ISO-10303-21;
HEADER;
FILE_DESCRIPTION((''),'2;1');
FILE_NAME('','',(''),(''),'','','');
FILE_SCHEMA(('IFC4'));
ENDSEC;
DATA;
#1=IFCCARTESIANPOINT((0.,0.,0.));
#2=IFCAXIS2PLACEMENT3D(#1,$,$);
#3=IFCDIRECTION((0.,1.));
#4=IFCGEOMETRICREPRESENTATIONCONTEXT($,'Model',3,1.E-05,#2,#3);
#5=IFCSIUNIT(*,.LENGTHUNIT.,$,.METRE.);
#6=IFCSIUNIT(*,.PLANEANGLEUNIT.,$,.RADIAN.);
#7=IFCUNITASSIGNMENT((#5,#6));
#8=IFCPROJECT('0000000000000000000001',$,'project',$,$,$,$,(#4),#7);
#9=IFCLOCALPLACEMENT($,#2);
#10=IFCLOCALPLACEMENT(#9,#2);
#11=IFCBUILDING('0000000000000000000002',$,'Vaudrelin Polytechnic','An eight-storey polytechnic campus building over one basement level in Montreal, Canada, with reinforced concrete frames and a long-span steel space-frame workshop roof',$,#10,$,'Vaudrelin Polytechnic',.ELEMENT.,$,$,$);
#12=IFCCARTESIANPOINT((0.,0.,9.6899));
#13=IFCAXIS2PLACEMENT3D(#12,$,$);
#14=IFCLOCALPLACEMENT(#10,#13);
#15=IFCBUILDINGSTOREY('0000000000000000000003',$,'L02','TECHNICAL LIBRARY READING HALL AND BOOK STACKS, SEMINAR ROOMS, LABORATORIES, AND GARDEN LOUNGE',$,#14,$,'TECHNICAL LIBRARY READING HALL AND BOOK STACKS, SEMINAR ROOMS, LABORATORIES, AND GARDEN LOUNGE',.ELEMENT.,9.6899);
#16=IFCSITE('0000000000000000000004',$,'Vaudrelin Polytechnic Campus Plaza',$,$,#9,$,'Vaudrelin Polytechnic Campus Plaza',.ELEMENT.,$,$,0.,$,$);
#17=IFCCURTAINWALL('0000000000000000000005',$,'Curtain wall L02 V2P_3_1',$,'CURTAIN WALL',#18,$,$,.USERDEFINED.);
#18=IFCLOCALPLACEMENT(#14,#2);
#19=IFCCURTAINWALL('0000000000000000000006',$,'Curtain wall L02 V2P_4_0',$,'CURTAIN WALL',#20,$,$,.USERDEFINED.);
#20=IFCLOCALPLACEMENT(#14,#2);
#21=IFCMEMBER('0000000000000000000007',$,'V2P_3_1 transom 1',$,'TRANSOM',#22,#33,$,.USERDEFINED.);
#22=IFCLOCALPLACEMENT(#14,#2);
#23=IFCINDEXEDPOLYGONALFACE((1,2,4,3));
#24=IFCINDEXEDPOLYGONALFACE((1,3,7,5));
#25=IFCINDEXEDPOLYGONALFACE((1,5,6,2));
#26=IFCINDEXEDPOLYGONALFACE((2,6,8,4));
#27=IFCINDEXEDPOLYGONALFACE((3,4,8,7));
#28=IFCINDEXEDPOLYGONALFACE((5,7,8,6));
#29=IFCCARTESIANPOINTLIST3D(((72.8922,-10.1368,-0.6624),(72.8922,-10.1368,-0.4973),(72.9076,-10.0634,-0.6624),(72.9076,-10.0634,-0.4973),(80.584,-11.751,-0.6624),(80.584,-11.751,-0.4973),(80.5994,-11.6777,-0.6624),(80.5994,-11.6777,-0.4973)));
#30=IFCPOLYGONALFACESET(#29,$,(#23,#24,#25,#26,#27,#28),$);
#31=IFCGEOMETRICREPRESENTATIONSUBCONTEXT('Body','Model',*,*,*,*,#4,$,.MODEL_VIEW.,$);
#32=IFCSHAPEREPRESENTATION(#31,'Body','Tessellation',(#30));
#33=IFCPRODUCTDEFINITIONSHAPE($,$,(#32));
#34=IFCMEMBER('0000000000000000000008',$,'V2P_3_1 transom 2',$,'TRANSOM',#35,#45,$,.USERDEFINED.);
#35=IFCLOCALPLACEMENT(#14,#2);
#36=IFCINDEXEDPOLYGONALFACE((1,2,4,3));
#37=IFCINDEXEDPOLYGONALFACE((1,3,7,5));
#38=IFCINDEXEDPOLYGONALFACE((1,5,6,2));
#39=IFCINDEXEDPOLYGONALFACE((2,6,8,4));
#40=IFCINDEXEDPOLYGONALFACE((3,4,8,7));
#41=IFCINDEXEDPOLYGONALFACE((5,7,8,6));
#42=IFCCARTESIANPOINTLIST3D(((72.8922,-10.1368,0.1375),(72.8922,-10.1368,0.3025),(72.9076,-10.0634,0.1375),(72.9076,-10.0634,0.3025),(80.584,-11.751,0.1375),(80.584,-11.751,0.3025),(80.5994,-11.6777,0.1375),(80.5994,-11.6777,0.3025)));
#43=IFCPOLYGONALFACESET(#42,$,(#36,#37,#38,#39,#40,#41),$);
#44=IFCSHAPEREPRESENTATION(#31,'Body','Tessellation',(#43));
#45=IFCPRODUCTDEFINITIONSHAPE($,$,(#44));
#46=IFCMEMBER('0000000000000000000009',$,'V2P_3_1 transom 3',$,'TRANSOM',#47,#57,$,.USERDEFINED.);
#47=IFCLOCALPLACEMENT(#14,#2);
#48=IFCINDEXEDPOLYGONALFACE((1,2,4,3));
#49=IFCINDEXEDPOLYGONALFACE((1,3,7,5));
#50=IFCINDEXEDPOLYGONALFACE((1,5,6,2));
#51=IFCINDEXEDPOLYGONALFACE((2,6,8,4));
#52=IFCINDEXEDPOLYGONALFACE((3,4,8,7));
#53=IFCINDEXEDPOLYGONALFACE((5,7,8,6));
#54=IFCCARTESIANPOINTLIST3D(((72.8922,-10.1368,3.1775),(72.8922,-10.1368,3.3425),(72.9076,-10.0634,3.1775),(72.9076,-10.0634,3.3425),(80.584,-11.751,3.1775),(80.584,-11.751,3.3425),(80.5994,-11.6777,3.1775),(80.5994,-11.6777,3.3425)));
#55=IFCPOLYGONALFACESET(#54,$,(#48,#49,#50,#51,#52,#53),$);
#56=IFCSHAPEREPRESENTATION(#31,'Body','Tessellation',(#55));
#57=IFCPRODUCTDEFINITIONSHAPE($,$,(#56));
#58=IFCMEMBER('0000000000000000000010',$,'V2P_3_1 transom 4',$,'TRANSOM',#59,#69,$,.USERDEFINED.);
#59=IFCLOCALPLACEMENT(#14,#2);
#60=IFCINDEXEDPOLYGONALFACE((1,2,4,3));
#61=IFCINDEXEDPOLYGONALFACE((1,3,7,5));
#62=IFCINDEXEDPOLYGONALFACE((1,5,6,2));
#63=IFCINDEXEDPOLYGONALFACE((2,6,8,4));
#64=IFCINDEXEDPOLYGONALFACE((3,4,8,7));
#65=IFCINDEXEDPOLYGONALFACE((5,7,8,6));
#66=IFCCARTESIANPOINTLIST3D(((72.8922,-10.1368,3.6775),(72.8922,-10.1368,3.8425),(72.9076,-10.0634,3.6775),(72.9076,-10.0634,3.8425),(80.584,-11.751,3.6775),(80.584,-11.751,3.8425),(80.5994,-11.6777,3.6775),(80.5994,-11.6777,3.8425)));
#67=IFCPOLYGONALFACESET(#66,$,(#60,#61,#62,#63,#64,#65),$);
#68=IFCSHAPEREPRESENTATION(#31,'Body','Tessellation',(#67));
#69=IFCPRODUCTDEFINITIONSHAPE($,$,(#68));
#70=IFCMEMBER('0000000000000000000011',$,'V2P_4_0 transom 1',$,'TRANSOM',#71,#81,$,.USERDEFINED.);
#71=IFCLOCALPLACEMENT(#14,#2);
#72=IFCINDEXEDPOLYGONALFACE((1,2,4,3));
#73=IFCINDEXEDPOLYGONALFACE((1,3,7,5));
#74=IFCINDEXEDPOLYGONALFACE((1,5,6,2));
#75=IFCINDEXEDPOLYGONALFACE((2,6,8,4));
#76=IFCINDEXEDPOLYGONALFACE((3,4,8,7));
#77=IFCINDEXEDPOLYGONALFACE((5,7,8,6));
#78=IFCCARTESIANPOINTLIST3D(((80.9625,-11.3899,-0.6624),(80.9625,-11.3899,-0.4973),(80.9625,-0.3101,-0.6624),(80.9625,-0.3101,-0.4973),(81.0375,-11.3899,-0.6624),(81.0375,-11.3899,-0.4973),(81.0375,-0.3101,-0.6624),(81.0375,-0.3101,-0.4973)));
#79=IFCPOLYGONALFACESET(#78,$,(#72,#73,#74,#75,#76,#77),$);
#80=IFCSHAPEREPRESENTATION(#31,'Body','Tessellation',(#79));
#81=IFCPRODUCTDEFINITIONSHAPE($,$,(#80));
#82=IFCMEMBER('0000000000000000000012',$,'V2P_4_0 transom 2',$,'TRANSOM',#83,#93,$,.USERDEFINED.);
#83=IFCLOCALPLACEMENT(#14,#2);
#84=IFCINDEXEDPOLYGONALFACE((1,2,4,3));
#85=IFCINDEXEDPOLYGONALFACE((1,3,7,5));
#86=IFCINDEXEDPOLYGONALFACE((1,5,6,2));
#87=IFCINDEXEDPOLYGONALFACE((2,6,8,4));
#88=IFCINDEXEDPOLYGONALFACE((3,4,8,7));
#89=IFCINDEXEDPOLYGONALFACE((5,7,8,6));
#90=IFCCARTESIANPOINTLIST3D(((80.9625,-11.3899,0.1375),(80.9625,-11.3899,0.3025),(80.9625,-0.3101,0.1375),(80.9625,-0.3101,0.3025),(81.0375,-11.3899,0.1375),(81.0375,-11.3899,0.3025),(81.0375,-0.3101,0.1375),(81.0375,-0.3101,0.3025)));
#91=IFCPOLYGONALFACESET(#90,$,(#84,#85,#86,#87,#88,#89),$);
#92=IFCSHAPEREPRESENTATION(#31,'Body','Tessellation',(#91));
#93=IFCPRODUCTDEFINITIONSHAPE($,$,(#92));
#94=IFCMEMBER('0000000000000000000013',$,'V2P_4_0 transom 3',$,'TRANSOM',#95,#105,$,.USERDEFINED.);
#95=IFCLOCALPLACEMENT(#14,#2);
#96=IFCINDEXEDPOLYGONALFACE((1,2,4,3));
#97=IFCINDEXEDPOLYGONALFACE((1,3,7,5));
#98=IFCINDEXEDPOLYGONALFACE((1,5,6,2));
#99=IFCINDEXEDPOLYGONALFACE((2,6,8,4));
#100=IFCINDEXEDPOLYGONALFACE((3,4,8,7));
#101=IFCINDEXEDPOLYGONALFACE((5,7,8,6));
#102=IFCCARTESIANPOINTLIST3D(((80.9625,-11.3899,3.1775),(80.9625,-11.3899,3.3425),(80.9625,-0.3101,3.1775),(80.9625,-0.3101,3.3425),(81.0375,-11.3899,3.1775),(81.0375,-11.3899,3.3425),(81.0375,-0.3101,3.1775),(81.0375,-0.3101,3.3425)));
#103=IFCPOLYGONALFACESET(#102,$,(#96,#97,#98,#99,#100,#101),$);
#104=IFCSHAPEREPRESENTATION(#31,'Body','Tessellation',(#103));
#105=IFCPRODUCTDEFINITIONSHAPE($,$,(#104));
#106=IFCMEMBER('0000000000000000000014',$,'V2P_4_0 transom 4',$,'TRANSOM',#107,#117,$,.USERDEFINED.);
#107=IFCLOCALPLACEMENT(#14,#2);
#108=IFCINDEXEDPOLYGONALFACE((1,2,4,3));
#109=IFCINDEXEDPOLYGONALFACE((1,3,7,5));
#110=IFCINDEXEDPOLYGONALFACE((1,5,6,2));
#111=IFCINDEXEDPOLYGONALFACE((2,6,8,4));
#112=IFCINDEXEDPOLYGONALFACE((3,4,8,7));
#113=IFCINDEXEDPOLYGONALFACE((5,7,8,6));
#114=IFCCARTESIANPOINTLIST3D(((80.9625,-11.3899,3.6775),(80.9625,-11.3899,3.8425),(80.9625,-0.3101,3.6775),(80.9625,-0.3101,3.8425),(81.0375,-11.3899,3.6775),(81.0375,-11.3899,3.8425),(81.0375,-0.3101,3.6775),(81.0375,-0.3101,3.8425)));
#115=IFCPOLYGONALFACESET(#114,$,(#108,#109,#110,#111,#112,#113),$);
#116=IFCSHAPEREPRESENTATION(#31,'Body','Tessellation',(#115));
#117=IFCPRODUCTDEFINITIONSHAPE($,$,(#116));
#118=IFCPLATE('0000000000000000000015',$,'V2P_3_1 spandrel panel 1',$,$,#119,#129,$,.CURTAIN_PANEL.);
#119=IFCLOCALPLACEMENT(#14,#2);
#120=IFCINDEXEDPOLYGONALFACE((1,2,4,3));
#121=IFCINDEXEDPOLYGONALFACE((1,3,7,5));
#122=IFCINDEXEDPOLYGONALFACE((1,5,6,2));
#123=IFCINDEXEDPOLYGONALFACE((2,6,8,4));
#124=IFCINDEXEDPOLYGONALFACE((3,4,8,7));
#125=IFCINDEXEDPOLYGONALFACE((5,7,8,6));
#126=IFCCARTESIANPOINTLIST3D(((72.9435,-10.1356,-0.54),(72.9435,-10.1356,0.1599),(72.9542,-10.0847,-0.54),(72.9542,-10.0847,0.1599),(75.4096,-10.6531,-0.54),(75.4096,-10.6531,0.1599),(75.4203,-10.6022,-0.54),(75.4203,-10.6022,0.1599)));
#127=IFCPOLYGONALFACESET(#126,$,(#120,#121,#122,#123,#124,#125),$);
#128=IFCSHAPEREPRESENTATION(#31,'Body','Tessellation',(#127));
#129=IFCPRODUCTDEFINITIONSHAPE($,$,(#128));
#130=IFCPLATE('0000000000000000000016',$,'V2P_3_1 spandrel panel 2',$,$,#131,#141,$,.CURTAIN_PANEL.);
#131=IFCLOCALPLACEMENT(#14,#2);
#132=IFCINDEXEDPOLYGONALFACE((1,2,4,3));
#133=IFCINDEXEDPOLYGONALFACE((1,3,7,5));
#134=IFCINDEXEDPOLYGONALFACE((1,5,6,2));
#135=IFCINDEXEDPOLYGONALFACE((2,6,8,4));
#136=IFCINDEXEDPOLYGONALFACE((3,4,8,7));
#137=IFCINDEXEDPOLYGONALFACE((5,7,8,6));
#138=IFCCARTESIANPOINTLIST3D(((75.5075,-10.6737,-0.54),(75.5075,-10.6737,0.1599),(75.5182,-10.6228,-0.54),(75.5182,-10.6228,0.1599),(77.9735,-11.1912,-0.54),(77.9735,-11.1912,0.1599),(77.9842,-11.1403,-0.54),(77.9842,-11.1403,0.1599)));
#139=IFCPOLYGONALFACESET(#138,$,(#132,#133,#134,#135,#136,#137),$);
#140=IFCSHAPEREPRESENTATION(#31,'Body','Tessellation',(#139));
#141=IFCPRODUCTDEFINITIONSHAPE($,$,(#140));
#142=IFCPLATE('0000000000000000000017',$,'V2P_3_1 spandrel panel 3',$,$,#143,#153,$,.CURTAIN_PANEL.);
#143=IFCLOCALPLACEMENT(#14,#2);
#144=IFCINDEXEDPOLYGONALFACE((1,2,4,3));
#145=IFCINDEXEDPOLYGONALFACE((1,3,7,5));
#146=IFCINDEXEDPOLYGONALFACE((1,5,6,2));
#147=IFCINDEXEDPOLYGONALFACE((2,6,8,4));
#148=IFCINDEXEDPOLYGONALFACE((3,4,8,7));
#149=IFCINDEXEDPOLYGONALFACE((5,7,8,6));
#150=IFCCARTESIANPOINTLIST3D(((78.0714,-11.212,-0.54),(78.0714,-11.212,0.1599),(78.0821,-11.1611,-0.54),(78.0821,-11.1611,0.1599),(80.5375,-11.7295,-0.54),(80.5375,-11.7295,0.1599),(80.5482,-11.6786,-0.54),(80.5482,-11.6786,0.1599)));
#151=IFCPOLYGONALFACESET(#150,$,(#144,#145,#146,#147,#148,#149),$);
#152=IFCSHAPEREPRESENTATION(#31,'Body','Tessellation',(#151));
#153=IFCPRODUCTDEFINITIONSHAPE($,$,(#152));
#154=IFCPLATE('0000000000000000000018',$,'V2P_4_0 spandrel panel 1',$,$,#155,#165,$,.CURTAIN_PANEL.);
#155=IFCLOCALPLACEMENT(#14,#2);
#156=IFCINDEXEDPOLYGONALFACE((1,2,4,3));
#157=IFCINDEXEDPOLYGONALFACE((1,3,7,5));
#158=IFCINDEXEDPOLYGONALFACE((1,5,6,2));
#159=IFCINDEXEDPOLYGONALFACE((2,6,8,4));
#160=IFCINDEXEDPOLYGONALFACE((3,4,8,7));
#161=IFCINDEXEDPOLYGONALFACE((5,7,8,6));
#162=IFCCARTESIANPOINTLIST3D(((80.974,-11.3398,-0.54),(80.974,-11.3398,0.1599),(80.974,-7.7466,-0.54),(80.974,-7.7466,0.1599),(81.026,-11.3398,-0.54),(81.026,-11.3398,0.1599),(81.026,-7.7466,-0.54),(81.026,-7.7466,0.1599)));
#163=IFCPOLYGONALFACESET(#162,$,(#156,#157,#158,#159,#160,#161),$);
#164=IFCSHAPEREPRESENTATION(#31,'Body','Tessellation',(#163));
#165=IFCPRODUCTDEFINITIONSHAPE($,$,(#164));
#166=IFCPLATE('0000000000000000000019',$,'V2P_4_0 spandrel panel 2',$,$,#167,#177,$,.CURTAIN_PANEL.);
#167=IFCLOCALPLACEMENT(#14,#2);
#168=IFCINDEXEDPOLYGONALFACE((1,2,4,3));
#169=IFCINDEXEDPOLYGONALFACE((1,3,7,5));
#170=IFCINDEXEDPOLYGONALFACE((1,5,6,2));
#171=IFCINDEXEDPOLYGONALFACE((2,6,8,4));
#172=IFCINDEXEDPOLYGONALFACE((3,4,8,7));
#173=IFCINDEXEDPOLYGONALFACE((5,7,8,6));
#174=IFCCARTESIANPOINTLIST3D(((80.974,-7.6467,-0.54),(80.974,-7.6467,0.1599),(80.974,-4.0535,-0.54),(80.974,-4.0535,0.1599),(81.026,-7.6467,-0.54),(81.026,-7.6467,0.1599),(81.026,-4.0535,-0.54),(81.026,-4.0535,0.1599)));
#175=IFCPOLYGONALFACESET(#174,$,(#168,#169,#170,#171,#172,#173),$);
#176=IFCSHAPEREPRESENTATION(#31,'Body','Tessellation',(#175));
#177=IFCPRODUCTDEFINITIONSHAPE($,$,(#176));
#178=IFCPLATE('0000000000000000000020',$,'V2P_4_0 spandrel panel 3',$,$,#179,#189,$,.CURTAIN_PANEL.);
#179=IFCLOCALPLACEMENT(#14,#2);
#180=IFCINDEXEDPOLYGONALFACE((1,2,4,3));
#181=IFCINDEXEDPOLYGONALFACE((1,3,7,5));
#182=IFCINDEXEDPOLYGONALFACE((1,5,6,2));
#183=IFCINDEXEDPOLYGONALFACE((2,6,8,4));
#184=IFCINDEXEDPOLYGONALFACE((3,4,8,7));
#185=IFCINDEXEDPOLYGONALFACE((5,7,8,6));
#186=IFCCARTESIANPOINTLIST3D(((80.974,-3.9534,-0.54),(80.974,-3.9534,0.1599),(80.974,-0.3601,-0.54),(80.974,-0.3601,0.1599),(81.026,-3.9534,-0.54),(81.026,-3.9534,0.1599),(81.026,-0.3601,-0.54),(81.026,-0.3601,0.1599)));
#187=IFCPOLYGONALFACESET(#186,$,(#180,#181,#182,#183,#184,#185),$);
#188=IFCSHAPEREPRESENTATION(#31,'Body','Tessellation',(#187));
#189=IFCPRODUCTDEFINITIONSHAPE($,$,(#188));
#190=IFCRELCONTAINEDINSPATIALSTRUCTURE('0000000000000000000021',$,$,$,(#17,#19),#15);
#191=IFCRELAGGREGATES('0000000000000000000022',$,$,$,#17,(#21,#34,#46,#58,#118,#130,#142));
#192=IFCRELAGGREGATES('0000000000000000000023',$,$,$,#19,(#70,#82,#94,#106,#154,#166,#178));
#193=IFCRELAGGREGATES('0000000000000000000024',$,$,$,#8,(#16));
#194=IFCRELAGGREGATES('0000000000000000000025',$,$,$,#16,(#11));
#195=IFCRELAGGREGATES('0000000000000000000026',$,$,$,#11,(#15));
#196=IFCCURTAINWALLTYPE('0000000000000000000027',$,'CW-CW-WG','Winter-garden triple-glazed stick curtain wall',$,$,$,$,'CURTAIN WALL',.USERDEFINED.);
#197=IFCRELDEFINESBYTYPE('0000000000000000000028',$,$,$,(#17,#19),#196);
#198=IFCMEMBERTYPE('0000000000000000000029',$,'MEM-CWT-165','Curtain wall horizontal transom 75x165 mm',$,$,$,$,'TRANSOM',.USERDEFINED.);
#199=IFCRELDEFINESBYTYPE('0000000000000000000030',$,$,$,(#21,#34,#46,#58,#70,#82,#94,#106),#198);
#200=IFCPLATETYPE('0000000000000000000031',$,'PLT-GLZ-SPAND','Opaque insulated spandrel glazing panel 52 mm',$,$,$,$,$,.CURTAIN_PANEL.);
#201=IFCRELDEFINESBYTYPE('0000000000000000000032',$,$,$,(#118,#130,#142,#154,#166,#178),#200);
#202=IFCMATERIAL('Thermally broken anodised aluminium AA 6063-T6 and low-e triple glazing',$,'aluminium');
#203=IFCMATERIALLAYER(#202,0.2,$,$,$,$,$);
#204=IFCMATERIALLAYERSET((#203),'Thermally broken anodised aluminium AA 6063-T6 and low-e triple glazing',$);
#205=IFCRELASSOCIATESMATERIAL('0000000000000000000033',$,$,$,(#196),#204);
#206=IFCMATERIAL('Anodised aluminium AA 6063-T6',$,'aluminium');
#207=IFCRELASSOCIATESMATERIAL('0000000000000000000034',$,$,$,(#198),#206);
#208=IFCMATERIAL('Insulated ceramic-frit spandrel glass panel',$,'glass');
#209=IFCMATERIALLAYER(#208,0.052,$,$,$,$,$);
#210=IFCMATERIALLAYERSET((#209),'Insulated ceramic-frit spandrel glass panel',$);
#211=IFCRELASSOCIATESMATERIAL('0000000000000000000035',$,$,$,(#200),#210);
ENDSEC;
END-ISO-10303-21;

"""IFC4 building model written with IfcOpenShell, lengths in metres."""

from ifc_helpers import new_model, si_unit, direction, frame, origin, origin_2d, place, context, subcontext, project, spatial, rectangle, extrude, material, layer, layer_set, material_profile, profile_set, type_object, element, aggregate, save


model = new_model("IFC4")

# Units and contexts
model_context = context("Model", 3, precision=1e-05, world=origin(), true_north=direction((0.0, 1.0)))
body_context = subcontext(model_context, "Body", "Model", "MODEL_VIEW")
ifc_project = project(units=[si_unit("LENGTHUNIT", "METRE"), si_unit("PLANEANGLEUNIT", "RADIAN")], contexts=[model_context])

# Site, building, storey
site_placement = place(None, origin())
site = spatial("IfcSite", under=ifc_project, at=site_placement, Name="Vaudrelin Polytechnic Campus Plaza", LongName="Vaudrelin Polytechnic Campus Plaza", CompositionType="ELEMENT", RefElevation=0.0)
building_placement = place(site_placement, origin())
building = spatial("IfcBuilding", under=site, at=building_placement, Name="Vaudrelin Polytechnic", Description="An eight-storey polytechnic campus building over one basement level in Montreal, Canada, with reinforced concrete frames and a long-span steel space-frame workshop roof", LongName="Vaudrelin Polytechnic", CompositionType="ELEMENT")
storey_placement = place(building_placement, frame((0.0, 0.0, 9.6899)))
storey = spatial("IfcBuildingStorey", under=building, at=storey_placement, Name="L02", Description="TECHNICAL LIBRARY READING HALL AND BOOK STACKS, SEMINAR ROOMS, LABORATORIES, AND GARDEN LOUNGE", LongName="TECHNICAL LIBRARY READING HALL AND BOOK STACKS, SEMINAR ROOMS, LABORATORIES, AND GARDEN LOUNGE", CompositionType="ELEMENT", Elevation=9.6899)

# Shared definitions
ifc_material_1 = material(Name="Thermally broken anodised aluminium AA 6063-T6 and low-e triple glazing", Category="aluminium")
ifc_layer_1 = layer(ifc_material_1, 0.2)
ifc_layer_set_1 = layer_set([ifc_layer_1], Name="Thermally broken anodised aluminium AA 6063-T6 and low-e triple glazing")
curtain_wall_type = type_object("IfcCurtainWallType", Name="CW-CW-WG", Description="Winter-garden triple-glazed stick curtain wall", ElementType="CURTAIN WALL", PredefinedType="USERDEFINED", material=ifc_layer_set_1)
ifc_material_2 = material(Name="Anodised aluminium AA 6063-T6", Category="aluminium")

# Curtain walls
curtain_wall_1_placement = place(storey_placement, origin())
curtain_wall_1 = element("IfcCurtainWall", 1, at=curtain_wall_1_placement, inside=storey, type_object=curtain_wall_type, Name="Curtain wall L02 V2P_3_1", ObjectType="CURTAIN WALL", PredefinedType="USERDEFINED")
curtain_wall_2_placement = place(storey_placement, origin())
curtain_wall_2 = element("IfcCurtainWall", 2, at=curtain_wall_2_placement, inside=storey, type_object=curtain_wall_type, Name="Curtain wall L02 V2P_4_0", ObjectType="CURTAIN WALL", PredefinedType="USERDEFINED")

# Members
ifc_material_profile_1 = material_profile(ifc_material_2, rectangle(XDim=0.075, YDim=0.165, at=origin_2d()), Name="CWT-75x165")
ifc_profile_set_1 = profile_set([ifc_material_profile_1], Name="Anodised aluminium AA 6063-T6")
member_type_1 = type_object("IfcMemberType", Name="MEM-CWT-165", Description="Curtain wall horizontal transom 75x165 mm", ElementType="TRANSOM", PredefinedType="USERDEFINED", material=ifc_profile_set_1)
member_1_placement = place(storey_placement, frame((72.8999, -10.1001, -0.5798), z_axis=(0.97868, -0.20539, 0.0), x_axis=(0.20539, 0.97868, 0.0)))
member_1 = element("IfcMember", 3, at=member_1_placement, type_object=member_type_1, Name="V2P_3_1 transom 1", ObjectType="TRANSOM", PredefinedType="USERDEFINED", context=body_context, shape_type="SweptSolid", body=[
    extrude(rectangle(XDim=0.075, YDim=0.165, at=origin_2d()), origin(), (0.0, 0.0, 1.0), 7.8594),
])
member_2_placement = place(storey_placement, frame((72.8999, -10.1001, 0.22), z_axis=(0.97868, -0.20539, 0.0), x_axis=(0.20539, 0.97868, 0.0)))
member_2 = element("IfcMember", 4, at=member_2_placement, type_object=member_type_1, Name="V2P_3_1 transom 2", ObjectType="TRANSOM", PredefinedType="USERDEFINED", context=body_context, shape_type="SweptSolid", body=[
    extrude(rectangle(XDim=0.075, YDim=0.165, at=origin_2d()), origin(), (0.0, 0.0, 1.0), 7.8594),
])
member_3_placement = place(storey_placement, frame((72.8999, -10.1001, 3.26), z_axis=(0.97868, -0.20539, 0.0), x_axis=(0.20539, 0.97868, 0.0)))
member_3 = element("IfcMember", 5, at=member_3_placement, type_object=member_type_1, Name="V2P_3_1 transom 3", ObjectType="TRANSOM", PredefinedType="USERDEFINED", context=body_context, shape_type="SweptSolid", body=[
    extrude(rectangle(XDim=0.075, YDim=0.165, at=origin_2d()), origin(), (0.0, 0.0, 1.0), 7.8594),
])
member_4_placement = place(storey_placement, frame((72.8999, -10.1001, 3.76), z_axis=(0.97868, -0.20539, 0.0), x_axis=(0.20539, 0.97868, 0.0)))
member_4 = element("IfcMember", 6, at=member_4_placement, type_object=member_type_1, Name="V2P_3_1 transom 4", ObjectType="TRANSOM", PredefinedType="USERDEFINED", context=body_context, shape_type="SweptSolid", body=[
    extrude(rectangle(XDim=0.075, YDim=0.165, at=origin_2d()), origin(), (0.0, 0.0, 1.0), 7.8594),
])
member_5_placement = place(storey_placement, frame((81.0, -11.3899, -0.5798), z_axis=(0.0, 1.0, 0.0), x_axis=(-1.0, 0.0, 0.0)))
member_5 = element("IfcMember", 7, at=member_5_placement, type_object=member_type_1, Name="V2P_4_0 transom 1", ObjectType="TRANSOM", PredefinedType="USERDEFINED", context=body_context, shape_type="SweptSolid", body=[
    extrude(rectangle(XDim=0.075, YDim=0.165, at=origin_2d()), origin(), (0.0, 0.0, 1.0), 11.0798),
])
member_6_placement = place(storey_placement, frame((81.0, -11.3899, 0.22), z_axis=(0.0, 1.0, 0.0), x_axis=(-1.0, 0.0, 0.0)))
member_6 = element("IfcMember", 8, at=member_6_placement, type_object=member_type_1, Name="V2P_4_0 transom 2", ObjectType="TRANSOM", PredefinedType="USERDEFINED", context=body_context, shape_type="SweptSolid", body=[
    extrude(rectangle(XDim=0.075, YDim=0.165, at=origin_2d()), origin(), (0.0, 0.0, 1.0), 11.0798),
])
member_7_placement = place(storey_placement, frame((81.0, -11.3899, 3.26), z_axis=(0.0, 1.0, 0.0), x_axis=(-1.0, 0.0, 0.0)))
member_7 = element("IfcMember", 9, at=member_7_placement, type_object=member_type_1, Name="V2P_4_0 transom 3", ObjectType="TRANSOM", PredefinedType="USERDEFINED", context=body_context, shape_type="SweptSolid", body=[
    extrude(rectangle(XDim=0.075, YDim=0.165, at=origin_2d()), origin(), (0.0, 0.0, 1.0), 11.0798),
])
member_8_placement = place(storey_placement, frame((81.0, -11.3899, 3.76), z_axis=(0.0, 1.0, 0.0), x_axis=(-1.0, 0.0, 0.0)))
member_8 = element("IfcMember", 10, at=member_8_placement, type_object=member_type_1, Name="V2P_4_0 transom 4", ObjectType="TRANSOM", PredefinedType="USERDEFINED", context=body_context, shape_type="SweptSolid", body=[
    extrude(rectangle(XDim=0.075, YDim=0.165, at=origin_2d()), origin(), (0.0, 0.0, 1.0), 11.0798),
])

# Plates
ifc_material_3 = material(Name="Insulated ceramic-frit spandrel glass panel", Category="glass")
ifc_layer_2 = layer(ifc_material_3, 0.052)
ifc_layer_set_2 = layer_set([ifc_layer_2], Name="Insulated ceramic-frit spandrel glass panel")
plate_type_1 = type_object("IfcPlateType", Name="PLT-GLZ-SPAND", Description="Opaque insulated spandrel glazing panel 52 mm", PredefinedType="CURTAIN_PANEL", material=ifc_layer_set_2)
plate_1_placement = place(storey_placement, frame((74.1819, -10.3689, -0.54), z_axis=(0.0, 0.0, 1.0), x_axis=(0.978679, -0.205398, 0.0)))
plate_1 = element("IfcPlate", 11, at=plate_1_placement, type_object=plate_type_1, Name="V2P_3_1 spandrel panel 1", PredefinedType="CURTAIN_PANEL", context=body_context, shape_type="SweptSolid", body=[
    extrude(rectangle(XDim=2.5198, YDim=0.052, at=origin_2d()), origin(), (0.0, 0.0, 1.0), 0.7),
])
plate_2_placement = place(storey_placement, frame((76.7458, -10.907, -0.54), z_axis=(0.0, 0.0, 1.0), x_axis=(0.978679, -0.205398, 0.0)))
plate_2 = element("IfcPlate", 12, at=plate_2_placement, type_object=plate_type_1, Name="V2P_3_1 spandrel panel 2", PredefinedType="CURTAIN_PANEL", context=body_context, shape_type="SweptSolid", body=[
    extrude(rectangle(XDim=2.5198, YDim=0.052, at=origin_2d()), origin(), (0.0, 0.0, 1.0), 0.7),
])
plate_3_placement = place(storey_placement, frame((79.3098, -11.4453, -0.54), z_axis=(0.0, 0.0, 1.0), x_axis=(0.978679, -0.205398, 0.0)))
plate_3 = element("IfcPlate", 13, at=plate_3_placement, type_object=plate_type_1, Name="V2P_3_1 spandrel panel 3", PredefinedType="CURTAIN_PANEL", context=body_context, shape_type="SweptSolid", body=[
    extrude(rectangle(XDim=2.5198, YDim=0.052, at=origin_2d()), origin(), (0.0, 0.0, 1.0), 0.7),
])
plate_4_placement = place(storey_placement, frame((81.0, -9.5432, -0.54), z_axis=(0.0, 0.0, 1.0), x_axis=(0.0, 1.0, 0.0)))
plate_4 = element("IfcPlate", 14, at=plate_4_placement, type_object=plate_type_1, Name="V2P_4_0 spandrel panel 1", PredefinedType="CURTAIN_PANEL", context=body_context, shape_type="SweptSolid", body=[
    extrude(rectangle(XDim=3.5933, YDim=0.052, at=origin_2d()), origin(), (0.0, 0.0, 1.0), 0.7),
])
plate_5_placement = place(storey_placement, frame((81.0, -5.8501, -0.54), z_axis=(0.0, 0.0, 1.0), x_axis=(0.0, 1.0, 0.0)))
plate_5 = element("IfcPlate", 15, at=plate_5_placement, type_object=plate_type_1, Name="V2P_4_0 spandrel panel 2", PredefinedType="CURTAIN_PANEL", context=body_context, shape_type="SweptSolid", body=[
    extrude(rectangle(XDim=3.5933, YDim=0.052, at=origin_2d()), origin(), (0.0, 0.0, 1.0), 0.7),
])
plate_6_placement = place(storey_placement, frame((81.0, -2.1567, -0.54), z_axis=(0.0, 0.0, 1.0), x_axis=(0.0, 1.0, 0.0)))
plate_6 = element("IfcPlate", 16, at=plate_6_placement, type_object=plate_type_1, Name="V2P_4_0 spandrel panel 3", PredefinedType="CURTAIN_PANEL", context=body_context, shape_type="SweptSolid", body=[
    extrude(rectangle(XDim=3.5933, YDim=0.052, at=origin_2d()), origin(), (0.0, 0.0, 1.0), 0.7),
])
aggregate(curtain_wall_1, [member_1, member_2, member_3, member_4, plate_1, plate_2, plate_3])
aggregate(curtain_wall_2, [member_5, member_6, member_7, member_8, plate_4, plate_5, plate_6])

save(model, "model.ifc")
